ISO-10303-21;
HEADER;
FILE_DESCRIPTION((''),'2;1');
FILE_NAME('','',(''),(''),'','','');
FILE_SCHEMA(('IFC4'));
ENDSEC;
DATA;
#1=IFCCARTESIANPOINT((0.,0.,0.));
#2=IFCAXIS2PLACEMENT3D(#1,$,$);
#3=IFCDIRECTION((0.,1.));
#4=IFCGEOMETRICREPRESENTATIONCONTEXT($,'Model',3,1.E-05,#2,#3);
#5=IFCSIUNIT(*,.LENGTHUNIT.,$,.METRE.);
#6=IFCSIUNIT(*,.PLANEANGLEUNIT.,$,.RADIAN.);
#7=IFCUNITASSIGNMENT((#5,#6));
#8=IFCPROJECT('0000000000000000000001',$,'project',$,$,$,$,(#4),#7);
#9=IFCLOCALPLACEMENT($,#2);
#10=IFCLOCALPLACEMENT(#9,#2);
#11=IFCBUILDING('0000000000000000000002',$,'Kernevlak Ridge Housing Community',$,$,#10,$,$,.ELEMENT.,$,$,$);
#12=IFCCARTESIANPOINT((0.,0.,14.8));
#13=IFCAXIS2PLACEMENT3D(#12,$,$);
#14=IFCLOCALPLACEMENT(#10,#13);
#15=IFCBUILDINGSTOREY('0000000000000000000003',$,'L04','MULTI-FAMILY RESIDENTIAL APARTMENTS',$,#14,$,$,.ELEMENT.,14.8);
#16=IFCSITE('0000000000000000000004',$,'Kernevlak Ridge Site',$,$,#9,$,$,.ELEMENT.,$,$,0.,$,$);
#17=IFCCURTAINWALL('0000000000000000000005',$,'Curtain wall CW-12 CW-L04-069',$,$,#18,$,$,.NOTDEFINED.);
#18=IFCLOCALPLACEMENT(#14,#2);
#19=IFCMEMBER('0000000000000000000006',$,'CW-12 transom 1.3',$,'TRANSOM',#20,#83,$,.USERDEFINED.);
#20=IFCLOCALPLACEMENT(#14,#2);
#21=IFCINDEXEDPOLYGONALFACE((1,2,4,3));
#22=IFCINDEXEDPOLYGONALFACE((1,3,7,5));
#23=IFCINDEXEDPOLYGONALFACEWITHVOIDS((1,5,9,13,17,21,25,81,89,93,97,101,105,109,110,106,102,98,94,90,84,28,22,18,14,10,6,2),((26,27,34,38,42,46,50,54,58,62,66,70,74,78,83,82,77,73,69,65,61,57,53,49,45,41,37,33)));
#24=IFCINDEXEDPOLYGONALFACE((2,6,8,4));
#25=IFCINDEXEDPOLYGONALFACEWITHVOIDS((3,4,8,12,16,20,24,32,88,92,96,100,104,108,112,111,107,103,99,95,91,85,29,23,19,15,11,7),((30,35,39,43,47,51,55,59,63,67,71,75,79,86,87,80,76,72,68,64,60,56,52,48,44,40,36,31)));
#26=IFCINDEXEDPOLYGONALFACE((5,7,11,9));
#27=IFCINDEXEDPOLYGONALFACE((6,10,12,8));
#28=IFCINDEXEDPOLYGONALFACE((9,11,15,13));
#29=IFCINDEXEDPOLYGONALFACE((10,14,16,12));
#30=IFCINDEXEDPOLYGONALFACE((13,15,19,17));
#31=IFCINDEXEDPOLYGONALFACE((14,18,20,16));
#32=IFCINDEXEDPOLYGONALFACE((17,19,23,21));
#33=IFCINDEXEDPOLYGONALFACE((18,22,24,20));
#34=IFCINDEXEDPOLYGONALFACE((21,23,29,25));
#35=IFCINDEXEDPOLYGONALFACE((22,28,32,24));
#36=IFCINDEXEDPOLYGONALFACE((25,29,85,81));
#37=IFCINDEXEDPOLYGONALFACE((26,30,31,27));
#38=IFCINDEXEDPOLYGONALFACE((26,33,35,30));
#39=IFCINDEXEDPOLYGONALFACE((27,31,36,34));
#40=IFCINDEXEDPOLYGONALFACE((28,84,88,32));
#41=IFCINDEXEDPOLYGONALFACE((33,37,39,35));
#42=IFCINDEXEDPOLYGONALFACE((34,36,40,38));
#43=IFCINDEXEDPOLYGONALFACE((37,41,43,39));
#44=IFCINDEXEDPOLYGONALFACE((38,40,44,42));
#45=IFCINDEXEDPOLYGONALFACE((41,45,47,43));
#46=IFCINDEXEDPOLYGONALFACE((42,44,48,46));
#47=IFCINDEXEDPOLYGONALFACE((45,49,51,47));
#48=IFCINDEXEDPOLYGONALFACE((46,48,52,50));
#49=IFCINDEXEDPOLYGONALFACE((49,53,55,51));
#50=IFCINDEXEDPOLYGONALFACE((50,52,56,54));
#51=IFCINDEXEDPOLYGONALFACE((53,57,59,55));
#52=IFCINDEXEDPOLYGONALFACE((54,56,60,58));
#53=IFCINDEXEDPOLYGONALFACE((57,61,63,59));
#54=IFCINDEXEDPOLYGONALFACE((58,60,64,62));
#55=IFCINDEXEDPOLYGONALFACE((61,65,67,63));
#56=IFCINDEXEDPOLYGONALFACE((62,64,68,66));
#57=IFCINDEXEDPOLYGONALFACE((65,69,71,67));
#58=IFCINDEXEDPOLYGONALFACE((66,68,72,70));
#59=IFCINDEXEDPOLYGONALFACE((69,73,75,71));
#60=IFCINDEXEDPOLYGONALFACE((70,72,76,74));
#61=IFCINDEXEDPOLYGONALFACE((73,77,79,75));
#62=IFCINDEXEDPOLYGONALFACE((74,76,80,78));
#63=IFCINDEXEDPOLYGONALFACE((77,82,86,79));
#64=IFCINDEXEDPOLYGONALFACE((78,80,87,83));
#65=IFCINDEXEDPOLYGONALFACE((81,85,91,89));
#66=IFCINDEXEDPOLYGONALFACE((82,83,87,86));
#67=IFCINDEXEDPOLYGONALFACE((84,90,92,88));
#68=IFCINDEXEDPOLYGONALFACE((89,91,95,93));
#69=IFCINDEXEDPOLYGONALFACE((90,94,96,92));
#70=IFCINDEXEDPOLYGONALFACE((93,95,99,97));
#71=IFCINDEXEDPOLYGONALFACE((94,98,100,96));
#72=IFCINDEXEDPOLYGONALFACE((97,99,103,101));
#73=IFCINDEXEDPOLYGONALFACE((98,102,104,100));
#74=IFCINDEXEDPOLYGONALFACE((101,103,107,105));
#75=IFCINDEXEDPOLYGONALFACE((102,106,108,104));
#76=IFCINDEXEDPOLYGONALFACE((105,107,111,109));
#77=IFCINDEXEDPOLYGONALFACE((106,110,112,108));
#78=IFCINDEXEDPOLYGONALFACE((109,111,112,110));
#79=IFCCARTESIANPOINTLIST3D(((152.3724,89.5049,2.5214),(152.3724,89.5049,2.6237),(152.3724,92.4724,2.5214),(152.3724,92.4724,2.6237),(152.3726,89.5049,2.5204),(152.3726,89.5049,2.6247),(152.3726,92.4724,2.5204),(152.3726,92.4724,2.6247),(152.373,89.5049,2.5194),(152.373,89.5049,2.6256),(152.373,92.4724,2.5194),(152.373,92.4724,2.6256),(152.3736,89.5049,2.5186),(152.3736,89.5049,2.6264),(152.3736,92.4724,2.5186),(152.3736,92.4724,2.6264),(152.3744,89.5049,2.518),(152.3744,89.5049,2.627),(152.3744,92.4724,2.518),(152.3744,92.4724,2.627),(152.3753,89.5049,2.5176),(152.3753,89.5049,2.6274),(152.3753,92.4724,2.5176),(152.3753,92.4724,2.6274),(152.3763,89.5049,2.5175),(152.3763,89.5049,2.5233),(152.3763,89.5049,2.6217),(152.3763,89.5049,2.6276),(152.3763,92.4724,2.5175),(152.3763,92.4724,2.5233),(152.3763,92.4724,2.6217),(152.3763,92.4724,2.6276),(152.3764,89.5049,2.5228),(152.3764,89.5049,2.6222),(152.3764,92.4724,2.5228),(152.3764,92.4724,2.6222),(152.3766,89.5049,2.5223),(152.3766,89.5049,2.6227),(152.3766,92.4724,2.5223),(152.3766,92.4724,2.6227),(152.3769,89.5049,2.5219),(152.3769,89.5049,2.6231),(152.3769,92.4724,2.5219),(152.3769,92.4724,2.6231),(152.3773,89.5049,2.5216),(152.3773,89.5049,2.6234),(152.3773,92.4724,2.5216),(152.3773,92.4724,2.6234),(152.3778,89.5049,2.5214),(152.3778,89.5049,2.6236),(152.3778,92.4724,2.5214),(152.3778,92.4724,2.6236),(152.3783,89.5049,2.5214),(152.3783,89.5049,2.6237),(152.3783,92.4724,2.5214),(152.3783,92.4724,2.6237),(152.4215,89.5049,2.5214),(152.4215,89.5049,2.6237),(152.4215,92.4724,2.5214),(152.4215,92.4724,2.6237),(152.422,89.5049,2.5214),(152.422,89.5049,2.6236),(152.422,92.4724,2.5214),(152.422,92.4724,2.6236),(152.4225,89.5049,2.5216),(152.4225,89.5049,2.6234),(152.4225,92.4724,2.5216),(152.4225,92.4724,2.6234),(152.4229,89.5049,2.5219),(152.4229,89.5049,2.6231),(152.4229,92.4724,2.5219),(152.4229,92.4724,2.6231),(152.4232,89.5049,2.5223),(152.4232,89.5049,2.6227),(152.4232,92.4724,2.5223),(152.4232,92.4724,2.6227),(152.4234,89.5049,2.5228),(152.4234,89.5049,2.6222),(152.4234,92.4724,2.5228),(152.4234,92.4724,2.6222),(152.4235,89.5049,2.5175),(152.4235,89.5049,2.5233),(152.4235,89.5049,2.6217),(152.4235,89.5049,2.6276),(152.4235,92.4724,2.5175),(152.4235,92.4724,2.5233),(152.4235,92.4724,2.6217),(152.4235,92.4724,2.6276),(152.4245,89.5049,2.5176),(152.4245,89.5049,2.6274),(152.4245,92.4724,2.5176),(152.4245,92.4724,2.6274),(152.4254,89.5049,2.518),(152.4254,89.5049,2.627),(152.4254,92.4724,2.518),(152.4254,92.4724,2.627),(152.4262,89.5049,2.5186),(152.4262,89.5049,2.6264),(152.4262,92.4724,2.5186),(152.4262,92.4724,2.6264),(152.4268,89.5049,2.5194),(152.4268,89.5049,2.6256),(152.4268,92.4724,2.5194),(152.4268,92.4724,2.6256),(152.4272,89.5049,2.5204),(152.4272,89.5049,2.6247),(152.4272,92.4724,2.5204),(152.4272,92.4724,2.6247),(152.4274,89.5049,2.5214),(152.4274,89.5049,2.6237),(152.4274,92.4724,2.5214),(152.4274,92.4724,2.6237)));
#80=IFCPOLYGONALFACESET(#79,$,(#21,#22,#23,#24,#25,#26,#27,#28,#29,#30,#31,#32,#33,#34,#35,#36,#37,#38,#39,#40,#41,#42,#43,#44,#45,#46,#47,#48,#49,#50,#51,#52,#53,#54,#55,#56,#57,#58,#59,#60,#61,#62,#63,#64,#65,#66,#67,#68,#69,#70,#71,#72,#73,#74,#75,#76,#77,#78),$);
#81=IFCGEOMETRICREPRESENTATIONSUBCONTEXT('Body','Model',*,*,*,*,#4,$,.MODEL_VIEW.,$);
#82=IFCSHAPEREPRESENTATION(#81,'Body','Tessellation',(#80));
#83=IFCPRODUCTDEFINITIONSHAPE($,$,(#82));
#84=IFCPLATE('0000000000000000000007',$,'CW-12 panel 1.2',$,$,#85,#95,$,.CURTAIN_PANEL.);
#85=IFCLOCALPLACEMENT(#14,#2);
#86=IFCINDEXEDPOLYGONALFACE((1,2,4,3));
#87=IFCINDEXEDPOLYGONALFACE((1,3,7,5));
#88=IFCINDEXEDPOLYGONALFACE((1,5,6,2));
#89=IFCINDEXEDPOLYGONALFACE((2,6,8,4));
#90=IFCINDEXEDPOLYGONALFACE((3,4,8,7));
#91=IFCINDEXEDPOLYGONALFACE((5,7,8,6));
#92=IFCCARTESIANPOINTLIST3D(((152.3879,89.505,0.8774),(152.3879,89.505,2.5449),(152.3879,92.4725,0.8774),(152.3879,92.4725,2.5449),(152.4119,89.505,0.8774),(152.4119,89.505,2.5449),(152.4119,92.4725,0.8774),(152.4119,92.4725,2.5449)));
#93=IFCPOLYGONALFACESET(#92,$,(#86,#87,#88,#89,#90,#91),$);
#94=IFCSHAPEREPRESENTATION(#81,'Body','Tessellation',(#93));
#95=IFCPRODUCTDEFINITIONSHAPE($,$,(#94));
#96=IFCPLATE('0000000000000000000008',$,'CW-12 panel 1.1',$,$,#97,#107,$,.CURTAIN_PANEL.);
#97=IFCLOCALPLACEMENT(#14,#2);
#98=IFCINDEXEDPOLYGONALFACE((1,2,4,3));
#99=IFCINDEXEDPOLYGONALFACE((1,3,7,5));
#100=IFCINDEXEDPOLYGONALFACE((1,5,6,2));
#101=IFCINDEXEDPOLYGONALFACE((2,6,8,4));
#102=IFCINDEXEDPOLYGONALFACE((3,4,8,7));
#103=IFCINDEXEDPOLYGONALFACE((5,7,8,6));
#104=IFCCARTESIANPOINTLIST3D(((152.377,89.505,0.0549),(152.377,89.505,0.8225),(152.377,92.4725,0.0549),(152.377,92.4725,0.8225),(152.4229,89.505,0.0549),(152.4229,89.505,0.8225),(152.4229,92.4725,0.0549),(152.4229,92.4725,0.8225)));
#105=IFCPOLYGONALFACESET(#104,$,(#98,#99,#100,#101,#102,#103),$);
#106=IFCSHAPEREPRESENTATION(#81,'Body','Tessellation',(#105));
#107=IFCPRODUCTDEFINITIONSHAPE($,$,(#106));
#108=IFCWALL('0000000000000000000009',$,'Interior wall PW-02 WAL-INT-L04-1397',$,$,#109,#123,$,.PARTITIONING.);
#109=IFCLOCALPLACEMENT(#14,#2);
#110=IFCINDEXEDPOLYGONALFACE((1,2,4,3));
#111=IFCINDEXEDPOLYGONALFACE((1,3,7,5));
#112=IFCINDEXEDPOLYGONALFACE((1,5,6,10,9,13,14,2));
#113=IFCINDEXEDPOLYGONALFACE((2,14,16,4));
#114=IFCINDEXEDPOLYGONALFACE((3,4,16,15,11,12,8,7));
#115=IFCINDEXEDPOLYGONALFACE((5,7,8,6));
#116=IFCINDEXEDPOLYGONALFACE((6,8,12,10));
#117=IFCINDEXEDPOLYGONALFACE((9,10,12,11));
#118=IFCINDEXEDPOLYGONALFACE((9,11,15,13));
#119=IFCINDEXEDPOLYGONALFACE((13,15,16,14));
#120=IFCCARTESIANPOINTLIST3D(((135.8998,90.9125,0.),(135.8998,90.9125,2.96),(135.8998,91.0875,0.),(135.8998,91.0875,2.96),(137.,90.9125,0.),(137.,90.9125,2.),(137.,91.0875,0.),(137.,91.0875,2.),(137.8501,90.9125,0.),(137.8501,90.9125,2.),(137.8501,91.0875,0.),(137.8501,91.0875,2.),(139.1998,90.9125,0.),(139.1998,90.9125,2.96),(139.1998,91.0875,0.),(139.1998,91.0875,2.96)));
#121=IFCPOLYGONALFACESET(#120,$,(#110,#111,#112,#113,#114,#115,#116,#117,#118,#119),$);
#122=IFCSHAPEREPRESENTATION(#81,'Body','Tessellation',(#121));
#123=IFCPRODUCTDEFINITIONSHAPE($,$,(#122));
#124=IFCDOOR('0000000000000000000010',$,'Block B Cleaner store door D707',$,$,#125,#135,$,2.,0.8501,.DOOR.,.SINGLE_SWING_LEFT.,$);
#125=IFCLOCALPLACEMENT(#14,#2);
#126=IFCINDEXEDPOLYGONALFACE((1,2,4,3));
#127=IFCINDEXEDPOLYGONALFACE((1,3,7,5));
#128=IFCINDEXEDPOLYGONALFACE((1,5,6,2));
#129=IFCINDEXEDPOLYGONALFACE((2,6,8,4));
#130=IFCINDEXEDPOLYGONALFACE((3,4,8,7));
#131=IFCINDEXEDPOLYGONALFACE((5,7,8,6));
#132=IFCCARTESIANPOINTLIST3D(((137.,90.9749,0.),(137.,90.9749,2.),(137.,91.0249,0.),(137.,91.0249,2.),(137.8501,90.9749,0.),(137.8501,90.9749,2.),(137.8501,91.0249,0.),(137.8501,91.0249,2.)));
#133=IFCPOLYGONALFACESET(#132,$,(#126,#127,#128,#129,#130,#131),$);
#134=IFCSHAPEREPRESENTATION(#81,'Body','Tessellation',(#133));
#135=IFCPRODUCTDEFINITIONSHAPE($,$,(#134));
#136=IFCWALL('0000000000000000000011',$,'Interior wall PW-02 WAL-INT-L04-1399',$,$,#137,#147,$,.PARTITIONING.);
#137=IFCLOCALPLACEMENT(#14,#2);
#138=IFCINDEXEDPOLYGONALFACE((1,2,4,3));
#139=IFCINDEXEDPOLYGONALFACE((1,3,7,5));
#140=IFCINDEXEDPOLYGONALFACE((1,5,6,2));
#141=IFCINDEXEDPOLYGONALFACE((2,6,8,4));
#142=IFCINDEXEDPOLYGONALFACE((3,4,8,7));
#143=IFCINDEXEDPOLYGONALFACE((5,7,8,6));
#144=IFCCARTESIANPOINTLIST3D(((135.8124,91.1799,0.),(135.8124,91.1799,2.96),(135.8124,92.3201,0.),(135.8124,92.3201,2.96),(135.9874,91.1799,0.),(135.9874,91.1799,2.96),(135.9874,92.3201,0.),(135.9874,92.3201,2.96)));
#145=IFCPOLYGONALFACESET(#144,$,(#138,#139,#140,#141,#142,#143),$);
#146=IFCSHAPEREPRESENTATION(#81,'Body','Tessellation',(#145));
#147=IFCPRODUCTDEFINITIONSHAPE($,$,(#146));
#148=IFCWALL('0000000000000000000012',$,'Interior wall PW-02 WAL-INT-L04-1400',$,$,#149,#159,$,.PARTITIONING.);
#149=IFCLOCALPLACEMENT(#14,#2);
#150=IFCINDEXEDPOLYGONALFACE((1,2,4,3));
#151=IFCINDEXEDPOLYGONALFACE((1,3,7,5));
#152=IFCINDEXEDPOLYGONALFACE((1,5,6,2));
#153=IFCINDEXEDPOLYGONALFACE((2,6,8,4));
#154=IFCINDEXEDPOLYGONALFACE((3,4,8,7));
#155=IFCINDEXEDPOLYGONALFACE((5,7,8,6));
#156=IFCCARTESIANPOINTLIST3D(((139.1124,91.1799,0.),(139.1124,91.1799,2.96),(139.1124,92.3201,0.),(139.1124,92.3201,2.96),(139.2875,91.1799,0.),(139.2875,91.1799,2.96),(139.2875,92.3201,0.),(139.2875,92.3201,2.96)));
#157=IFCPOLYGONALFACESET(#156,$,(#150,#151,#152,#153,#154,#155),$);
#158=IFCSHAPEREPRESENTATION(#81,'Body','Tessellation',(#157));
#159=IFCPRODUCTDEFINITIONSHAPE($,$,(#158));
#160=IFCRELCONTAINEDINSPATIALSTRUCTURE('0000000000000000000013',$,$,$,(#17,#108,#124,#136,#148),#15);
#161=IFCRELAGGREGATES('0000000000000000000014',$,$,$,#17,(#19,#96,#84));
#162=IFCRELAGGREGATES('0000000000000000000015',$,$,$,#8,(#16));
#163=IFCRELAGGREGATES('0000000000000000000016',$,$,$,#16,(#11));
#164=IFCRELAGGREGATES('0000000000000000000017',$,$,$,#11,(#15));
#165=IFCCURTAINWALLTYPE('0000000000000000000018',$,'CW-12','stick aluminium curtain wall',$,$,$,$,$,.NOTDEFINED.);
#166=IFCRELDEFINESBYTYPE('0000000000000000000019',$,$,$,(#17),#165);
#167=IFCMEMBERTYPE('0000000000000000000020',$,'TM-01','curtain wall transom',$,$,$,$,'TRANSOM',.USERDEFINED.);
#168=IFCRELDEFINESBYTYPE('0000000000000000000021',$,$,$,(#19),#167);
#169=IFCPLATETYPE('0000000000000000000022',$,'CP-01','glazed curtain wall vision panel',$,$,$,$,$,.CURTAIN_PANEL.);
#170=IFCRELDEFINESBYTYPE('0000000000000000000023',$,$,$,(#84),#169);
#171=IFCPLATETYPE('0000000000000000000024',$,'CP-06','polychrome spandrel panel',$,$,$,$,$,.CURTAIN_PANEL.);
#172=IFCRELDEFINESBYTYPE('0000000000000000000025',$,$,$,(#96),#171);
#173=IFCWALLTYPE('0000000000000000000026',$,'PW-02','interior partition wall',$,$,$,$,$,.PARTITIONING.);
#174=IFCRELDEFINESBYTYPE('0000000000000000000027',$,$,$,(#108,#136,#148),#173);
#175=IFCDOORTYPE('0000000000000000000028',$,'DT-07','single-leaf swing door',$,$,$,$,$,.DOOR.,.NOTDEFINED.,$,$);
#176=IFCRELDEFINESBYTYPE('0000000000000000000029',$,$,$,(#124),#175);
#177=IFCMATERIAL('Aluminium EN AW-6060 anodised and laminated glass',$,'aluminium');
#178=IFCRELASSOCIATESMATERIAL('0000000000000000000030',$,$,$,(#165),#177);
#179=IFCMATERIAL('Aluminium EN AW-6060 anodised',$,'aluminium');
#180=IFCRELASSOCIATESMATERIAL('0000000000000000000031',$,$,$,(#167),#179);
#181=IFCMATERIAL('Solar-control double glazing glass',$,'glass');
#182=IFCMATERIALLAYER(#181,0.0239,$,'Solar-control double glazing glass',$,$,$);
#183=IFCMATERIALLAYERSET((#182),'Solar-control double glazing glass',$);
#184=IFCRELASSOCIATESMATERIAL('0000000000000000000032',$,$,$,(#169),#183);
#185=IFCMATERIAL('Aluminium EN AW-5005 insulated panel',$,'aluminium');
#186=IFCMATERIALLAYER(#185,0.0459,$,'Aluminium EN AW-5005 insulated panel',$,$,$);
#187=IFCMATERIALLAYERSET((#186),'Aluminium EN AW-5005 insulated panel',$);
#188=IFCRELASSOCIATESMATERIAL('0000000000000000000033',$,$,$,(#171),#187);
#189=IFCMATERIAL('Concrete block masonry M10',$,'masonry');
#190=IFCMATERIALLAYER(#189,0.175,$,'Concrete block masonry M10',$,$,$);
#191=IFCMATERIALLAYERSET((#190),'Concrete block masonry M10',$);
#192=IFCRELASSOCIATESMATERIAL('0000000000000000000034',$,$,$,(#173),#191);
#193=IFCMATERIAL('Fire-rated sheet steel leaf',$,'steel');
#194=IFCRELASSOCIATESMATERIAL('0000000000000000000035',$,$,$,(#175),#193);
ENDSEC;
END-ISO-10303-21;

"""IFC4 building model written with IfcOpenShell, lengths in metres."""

from ifc_helpers import new_model, si_unit, direction, frame, frame_2d, origin, origin_2d, place, context, subcontext, project, spatial, rectangle, hollow_rectangle, extrude, material, layer, layer_set, material_profile, profile_set, type_object, element, fill, aggregate, save


model = new_model("IFC4")

# Units and contexts
model_context = context("Model", 3, precision=1e-05, world=origin(), true_north=direction((0.0, 1.0)))
body_context = subcontext(model_context, "Body", "Model", "MODEL_VIEW")
ifc_project = project(units=[si_unit("LENGTHUNIT", "METRE"), si_unit("PLANEANGLEUNIT", "RADIAN")], contexts=[model_context])

# Site, building, storey
site_placement = place(None, origin())
site = spatial("IfcSite", under=ifc_project, at=site_placement, Name="Kernevlak Ridge Site", CompositionType="ELEMENT", RefElevation=0.0)
building_placement = place(site_placement, origin())
building = spatial("IfcBuilding", under=site, at=building_placement, Name="Kernevlak Ridge Housing Community", CompositionType="ELEMENT")
storey_placement = place(building_placement, frame((0.0, 0.0, 14.8)))
storey = spatial("IfcBuildingStorey", under=building, at=storey_placement, Name="L04", Description="MULTI-FAMILY RESIDENTIAL APARTMENTS", CompositionType="ELEMENT", Elevation=14.8)

# Curtain wall
ifc_material_1 = material(Name="Aluminium EN AW-6060 anodised and laminated glass", Category="aluminium")
curtain_wall_type = type_object("IfcCurtainWallType", Name="CW-12", Description="stick aluminium curtain wall", PredefinedType="NOTDEFINED", material=ifc_material_1)
curtain_wall_placement = place(storey_placement, origin())
curtain_wall = element("IfcCurtainWall", 1, at=curtain_wall_placement, inside=storey, type_object=curtain_wall_type, Name="Curtain wall CW-12 CW-L04-069", PredefinedType="NOTDEFINED")
ifc_material_2 = material(Name="Aluminium EN AW-6060 anodised", Category="aluminium")

# Member
ifc_material_profile_1 = material_profile(ifc_material_2, hollow_rectangle(XDim=0.0549, YDim=0.1101, WallThickness=0.0039, InnerFilletRadius=0.002, OuterFilletRadius=0.0039, at=origin_2d()), Name="ALU 55x110x4")
ifc_profile_set_1 = profile_set([ifc_material_profile_1], Name="Aluminium EN AW-6060 anodised")
member_type_1 = type_object("IfcMemberType", Name="TM-01", Description="curtain wall transom", ElementType="TRANSOM", PredefinedType="USERDEFINED", material=ifc_profile_set_1)
member_1_placement = place(storey_placement, frame((152.3999, 89.5049, 2.5725), z_axis=(0.0, 1.0, 0.0), x_axis=(-1.0, 0.0, 0.0)))
member_1 = element("IfcMember", 2, at=member_1_placement, type_object=member_type_1, Name="CW-12 transom 1.3", ObjectType="TRANSOM", PredefinedType="USERDEFINED", context=body_context, shape_type="SweptSolid", body=[
    extrude(hollow_rectangle(XDim=0.0549, YDim=0.1101, WallThickness=0.0039, InnerFilletRadius=0.002, OuterFilletRadius=0.0039, at=origin_2d()), origin(), (0.0, 0.0, 1.0), 2.9675),
])

# Plates
ifc_material_3 = material(Name="Solar-control double glazing glass", Category="glass")
ifc_layer_1 = layer(ifc_material_3, 0.0239, Name="Solar-control double glazing glass")
ifc_layer_set_1 = layer_set([ifc_layer_1], Name="Solar-control double glazing glass")
plate_type_1 = type_object("IfcPlateType", Name="CP-01", Description="glazed curtain wall vision panel", PredefinedType="CURTAIN_PANEL", material=ifc_layer_set_1)
plate_1_placement = place(storey_placement, frame((152.3999, 90.9888, 0.8774), z_axis=(0.0, 0.0, 1.0), x_axis=(0.0, 1.0, 0.0)))
plate_1 = element("IfcPlate", 3, at=plate_1_placement, type_object=plate_type_1, Name="CW-12 panel 1.2", PredefinedType="CURTAIN_PANEL", context=body_context, shape_type="SweptSolid", body=[
    extrude(rectangle(XDim=2.9675, YDim=0.0239, at=origin_2d()), origin(), (0.0, 0.0, 1.0), 1.6675),
])
ifc_material_4 = material(Name="Aluminium EN AW-5005 insulated panel", Category="aluminium")
ifc_layer_2 = layer(ifc_material_4, 0.0459, Name="Aluminium EN AW-5005 insulated panel")
ifc_layer_set_2 = layer_set([ifc_layer_2], Name="Aluminium EN AW-5005 insulated panel")
plate_type_2 = type_object("IfcPlateType", Name="CP-06", Description="polychrome spandrel panel", PredefinedType="CURTAIN_PANEL", material=ifc_layer_set_2)
plate_2_placement = place(storey_placement, frame((152.3999, 90.9888, 0.0549), z_axis=(0.0, 0.0, 1.0), x_axis=(0.0, 1.0, 0.0)))
plate_2 = element("IfcPlate", 4, at=plate_2_placement, type_object=plate_type_2, Name="CW-12 panel 1.1", PredefinedType="CURTAIN_PANEL", context=body_context, shape_type="SweptSolid", body=[
    extrude(rectangle(XDim=2.9675, YDim=0.0459, at=origin_2d()), origin(), (0.0, 0.0, 1.0), 0.7676),
])
aggregate(curtain_wall, [member_1, plate_2, plate_1])

# Wall, opening, door
ifc_material_5 = material(Name="Concrete block masonry M10", Category="masonry")
ifc_layer_3 = layer(ifc_material_5, 0.175, Name="Concrete block masonry M10")
ifc_layer_set_3 = layer_set([ifc_layer_3], Name="Concrete block masonry M10")
wall_type_1 = type_object("IfcWallType", Name="PW-02", Description="interior partition wall", PredefinedType="PARTITIONING", material=ifc_layer_set_3)
wall_1_placement = place(storey_placement, frame((135.8999, 91.0, 0.0), z_axis=(0.0, 0.0, 1.0), x_axis=(1.0, 0.0, 0.0)))
wall_1 = element("IfcWall", 5, at=wall_1_placement, inside=storey, type_object=wall_type_1, Name="Interior wall PW-02 WAL-INT-L04-1397", PredefinedType="PARTITIONING", context=body_context, shape_type="SweptSolid", body=[
    extrude(rectangle(XDim=3.3, YDim=0.175, at=frame_2d((1.6499, 0.0))), origin(), (0.0, 0.0, 1.0), 2.96),
])
opening_1_placement = place(wall_1_placement, frame((1.1001, 0.0, 0.0)))
opening_1 = element("IfcOpeningElement", 6, at=opening_1_placement, cuts=wall_1, PredefinedType="OPENING", context=body_context, shape_type="SweptSolid", body=[
    extrude(rectangle(XDim=0.8501, YDim=2.0, at=frame_2d((0.425, 1.0))), frame((0.0, 0.0974, 0.0), z_axis=(0.0, -1.0, 0.0), x_axis=(1.0, 0.0, 0.0)), (0.0, 0.0, 1.0), 0.1951),
])
ifc_material_6 = material(Name="Fire-rated sheet steel leaf", Category="steel")
door_type_1 = type_object("IfcDoorType", Name="DT-07", Description="single-leaf swing door", OperationType="NOTDEFINED", PredefinedType="DOOR", material=ifc_material_6)
door_1_placement = place(opening_1_placement, origin())
door_1 = element("IfcDoor", 7, at=door_1_placement, inside=storey, type_object=door_type_1, Name="Block B Cleaner store door D707", OperationType="SINGLE_SWING_LEFT", OverallHeight=2.0, OverallWidth=0.8501, PredefinedType="DOOR", context=body_context, shape_type="SweptSolid", body=[
    extrude(rectangle(XDim=0.8501, YDim=2.0, at=frame_2d((0.425, 1.0))), frame((0.0, 0.0249, 0.0), z_axis=(0.0, -1.0, 0.0), x_axis=(1.0, 0.0, 0.0)), (0.0, 0.0, 1.0), 0.05),
])
fill(opening_1, door_1)

# Walls
for number, where, z_axis, x_axis, name in (
    (8, (135.8999, 91.1799, 0.0), (0.0, 0.0, 1.0), (0.0, 1.0, 0.0), "Interior wall PW-02 WAL-INT-L04-1399"),
    (9, (139.2, 91.1799, 0.0), (0.0, 0.0, 1.0), (0.0, 1.0, 0.0), "Interior wall PW-02 WAL-INT-L04-1400"),
):
    element("IfcWall", number, at=place(storey_placement, frame(where, z_axis=z_axis, x_axis=x_axis)), inside=storey, type_object=wall_type_1, Name=name, PredefinedType="PARTITIONING", context=body_context, shape_type="SweptSolid", body=[
        extrude(rectangle(XDim=1.1401, YDim=0.175, at=frame_2d((0.5701, 0.0))), origin(), (0.0, 0.0, 1.0), 2.96),
    ])

save(model, "model.ifc")
